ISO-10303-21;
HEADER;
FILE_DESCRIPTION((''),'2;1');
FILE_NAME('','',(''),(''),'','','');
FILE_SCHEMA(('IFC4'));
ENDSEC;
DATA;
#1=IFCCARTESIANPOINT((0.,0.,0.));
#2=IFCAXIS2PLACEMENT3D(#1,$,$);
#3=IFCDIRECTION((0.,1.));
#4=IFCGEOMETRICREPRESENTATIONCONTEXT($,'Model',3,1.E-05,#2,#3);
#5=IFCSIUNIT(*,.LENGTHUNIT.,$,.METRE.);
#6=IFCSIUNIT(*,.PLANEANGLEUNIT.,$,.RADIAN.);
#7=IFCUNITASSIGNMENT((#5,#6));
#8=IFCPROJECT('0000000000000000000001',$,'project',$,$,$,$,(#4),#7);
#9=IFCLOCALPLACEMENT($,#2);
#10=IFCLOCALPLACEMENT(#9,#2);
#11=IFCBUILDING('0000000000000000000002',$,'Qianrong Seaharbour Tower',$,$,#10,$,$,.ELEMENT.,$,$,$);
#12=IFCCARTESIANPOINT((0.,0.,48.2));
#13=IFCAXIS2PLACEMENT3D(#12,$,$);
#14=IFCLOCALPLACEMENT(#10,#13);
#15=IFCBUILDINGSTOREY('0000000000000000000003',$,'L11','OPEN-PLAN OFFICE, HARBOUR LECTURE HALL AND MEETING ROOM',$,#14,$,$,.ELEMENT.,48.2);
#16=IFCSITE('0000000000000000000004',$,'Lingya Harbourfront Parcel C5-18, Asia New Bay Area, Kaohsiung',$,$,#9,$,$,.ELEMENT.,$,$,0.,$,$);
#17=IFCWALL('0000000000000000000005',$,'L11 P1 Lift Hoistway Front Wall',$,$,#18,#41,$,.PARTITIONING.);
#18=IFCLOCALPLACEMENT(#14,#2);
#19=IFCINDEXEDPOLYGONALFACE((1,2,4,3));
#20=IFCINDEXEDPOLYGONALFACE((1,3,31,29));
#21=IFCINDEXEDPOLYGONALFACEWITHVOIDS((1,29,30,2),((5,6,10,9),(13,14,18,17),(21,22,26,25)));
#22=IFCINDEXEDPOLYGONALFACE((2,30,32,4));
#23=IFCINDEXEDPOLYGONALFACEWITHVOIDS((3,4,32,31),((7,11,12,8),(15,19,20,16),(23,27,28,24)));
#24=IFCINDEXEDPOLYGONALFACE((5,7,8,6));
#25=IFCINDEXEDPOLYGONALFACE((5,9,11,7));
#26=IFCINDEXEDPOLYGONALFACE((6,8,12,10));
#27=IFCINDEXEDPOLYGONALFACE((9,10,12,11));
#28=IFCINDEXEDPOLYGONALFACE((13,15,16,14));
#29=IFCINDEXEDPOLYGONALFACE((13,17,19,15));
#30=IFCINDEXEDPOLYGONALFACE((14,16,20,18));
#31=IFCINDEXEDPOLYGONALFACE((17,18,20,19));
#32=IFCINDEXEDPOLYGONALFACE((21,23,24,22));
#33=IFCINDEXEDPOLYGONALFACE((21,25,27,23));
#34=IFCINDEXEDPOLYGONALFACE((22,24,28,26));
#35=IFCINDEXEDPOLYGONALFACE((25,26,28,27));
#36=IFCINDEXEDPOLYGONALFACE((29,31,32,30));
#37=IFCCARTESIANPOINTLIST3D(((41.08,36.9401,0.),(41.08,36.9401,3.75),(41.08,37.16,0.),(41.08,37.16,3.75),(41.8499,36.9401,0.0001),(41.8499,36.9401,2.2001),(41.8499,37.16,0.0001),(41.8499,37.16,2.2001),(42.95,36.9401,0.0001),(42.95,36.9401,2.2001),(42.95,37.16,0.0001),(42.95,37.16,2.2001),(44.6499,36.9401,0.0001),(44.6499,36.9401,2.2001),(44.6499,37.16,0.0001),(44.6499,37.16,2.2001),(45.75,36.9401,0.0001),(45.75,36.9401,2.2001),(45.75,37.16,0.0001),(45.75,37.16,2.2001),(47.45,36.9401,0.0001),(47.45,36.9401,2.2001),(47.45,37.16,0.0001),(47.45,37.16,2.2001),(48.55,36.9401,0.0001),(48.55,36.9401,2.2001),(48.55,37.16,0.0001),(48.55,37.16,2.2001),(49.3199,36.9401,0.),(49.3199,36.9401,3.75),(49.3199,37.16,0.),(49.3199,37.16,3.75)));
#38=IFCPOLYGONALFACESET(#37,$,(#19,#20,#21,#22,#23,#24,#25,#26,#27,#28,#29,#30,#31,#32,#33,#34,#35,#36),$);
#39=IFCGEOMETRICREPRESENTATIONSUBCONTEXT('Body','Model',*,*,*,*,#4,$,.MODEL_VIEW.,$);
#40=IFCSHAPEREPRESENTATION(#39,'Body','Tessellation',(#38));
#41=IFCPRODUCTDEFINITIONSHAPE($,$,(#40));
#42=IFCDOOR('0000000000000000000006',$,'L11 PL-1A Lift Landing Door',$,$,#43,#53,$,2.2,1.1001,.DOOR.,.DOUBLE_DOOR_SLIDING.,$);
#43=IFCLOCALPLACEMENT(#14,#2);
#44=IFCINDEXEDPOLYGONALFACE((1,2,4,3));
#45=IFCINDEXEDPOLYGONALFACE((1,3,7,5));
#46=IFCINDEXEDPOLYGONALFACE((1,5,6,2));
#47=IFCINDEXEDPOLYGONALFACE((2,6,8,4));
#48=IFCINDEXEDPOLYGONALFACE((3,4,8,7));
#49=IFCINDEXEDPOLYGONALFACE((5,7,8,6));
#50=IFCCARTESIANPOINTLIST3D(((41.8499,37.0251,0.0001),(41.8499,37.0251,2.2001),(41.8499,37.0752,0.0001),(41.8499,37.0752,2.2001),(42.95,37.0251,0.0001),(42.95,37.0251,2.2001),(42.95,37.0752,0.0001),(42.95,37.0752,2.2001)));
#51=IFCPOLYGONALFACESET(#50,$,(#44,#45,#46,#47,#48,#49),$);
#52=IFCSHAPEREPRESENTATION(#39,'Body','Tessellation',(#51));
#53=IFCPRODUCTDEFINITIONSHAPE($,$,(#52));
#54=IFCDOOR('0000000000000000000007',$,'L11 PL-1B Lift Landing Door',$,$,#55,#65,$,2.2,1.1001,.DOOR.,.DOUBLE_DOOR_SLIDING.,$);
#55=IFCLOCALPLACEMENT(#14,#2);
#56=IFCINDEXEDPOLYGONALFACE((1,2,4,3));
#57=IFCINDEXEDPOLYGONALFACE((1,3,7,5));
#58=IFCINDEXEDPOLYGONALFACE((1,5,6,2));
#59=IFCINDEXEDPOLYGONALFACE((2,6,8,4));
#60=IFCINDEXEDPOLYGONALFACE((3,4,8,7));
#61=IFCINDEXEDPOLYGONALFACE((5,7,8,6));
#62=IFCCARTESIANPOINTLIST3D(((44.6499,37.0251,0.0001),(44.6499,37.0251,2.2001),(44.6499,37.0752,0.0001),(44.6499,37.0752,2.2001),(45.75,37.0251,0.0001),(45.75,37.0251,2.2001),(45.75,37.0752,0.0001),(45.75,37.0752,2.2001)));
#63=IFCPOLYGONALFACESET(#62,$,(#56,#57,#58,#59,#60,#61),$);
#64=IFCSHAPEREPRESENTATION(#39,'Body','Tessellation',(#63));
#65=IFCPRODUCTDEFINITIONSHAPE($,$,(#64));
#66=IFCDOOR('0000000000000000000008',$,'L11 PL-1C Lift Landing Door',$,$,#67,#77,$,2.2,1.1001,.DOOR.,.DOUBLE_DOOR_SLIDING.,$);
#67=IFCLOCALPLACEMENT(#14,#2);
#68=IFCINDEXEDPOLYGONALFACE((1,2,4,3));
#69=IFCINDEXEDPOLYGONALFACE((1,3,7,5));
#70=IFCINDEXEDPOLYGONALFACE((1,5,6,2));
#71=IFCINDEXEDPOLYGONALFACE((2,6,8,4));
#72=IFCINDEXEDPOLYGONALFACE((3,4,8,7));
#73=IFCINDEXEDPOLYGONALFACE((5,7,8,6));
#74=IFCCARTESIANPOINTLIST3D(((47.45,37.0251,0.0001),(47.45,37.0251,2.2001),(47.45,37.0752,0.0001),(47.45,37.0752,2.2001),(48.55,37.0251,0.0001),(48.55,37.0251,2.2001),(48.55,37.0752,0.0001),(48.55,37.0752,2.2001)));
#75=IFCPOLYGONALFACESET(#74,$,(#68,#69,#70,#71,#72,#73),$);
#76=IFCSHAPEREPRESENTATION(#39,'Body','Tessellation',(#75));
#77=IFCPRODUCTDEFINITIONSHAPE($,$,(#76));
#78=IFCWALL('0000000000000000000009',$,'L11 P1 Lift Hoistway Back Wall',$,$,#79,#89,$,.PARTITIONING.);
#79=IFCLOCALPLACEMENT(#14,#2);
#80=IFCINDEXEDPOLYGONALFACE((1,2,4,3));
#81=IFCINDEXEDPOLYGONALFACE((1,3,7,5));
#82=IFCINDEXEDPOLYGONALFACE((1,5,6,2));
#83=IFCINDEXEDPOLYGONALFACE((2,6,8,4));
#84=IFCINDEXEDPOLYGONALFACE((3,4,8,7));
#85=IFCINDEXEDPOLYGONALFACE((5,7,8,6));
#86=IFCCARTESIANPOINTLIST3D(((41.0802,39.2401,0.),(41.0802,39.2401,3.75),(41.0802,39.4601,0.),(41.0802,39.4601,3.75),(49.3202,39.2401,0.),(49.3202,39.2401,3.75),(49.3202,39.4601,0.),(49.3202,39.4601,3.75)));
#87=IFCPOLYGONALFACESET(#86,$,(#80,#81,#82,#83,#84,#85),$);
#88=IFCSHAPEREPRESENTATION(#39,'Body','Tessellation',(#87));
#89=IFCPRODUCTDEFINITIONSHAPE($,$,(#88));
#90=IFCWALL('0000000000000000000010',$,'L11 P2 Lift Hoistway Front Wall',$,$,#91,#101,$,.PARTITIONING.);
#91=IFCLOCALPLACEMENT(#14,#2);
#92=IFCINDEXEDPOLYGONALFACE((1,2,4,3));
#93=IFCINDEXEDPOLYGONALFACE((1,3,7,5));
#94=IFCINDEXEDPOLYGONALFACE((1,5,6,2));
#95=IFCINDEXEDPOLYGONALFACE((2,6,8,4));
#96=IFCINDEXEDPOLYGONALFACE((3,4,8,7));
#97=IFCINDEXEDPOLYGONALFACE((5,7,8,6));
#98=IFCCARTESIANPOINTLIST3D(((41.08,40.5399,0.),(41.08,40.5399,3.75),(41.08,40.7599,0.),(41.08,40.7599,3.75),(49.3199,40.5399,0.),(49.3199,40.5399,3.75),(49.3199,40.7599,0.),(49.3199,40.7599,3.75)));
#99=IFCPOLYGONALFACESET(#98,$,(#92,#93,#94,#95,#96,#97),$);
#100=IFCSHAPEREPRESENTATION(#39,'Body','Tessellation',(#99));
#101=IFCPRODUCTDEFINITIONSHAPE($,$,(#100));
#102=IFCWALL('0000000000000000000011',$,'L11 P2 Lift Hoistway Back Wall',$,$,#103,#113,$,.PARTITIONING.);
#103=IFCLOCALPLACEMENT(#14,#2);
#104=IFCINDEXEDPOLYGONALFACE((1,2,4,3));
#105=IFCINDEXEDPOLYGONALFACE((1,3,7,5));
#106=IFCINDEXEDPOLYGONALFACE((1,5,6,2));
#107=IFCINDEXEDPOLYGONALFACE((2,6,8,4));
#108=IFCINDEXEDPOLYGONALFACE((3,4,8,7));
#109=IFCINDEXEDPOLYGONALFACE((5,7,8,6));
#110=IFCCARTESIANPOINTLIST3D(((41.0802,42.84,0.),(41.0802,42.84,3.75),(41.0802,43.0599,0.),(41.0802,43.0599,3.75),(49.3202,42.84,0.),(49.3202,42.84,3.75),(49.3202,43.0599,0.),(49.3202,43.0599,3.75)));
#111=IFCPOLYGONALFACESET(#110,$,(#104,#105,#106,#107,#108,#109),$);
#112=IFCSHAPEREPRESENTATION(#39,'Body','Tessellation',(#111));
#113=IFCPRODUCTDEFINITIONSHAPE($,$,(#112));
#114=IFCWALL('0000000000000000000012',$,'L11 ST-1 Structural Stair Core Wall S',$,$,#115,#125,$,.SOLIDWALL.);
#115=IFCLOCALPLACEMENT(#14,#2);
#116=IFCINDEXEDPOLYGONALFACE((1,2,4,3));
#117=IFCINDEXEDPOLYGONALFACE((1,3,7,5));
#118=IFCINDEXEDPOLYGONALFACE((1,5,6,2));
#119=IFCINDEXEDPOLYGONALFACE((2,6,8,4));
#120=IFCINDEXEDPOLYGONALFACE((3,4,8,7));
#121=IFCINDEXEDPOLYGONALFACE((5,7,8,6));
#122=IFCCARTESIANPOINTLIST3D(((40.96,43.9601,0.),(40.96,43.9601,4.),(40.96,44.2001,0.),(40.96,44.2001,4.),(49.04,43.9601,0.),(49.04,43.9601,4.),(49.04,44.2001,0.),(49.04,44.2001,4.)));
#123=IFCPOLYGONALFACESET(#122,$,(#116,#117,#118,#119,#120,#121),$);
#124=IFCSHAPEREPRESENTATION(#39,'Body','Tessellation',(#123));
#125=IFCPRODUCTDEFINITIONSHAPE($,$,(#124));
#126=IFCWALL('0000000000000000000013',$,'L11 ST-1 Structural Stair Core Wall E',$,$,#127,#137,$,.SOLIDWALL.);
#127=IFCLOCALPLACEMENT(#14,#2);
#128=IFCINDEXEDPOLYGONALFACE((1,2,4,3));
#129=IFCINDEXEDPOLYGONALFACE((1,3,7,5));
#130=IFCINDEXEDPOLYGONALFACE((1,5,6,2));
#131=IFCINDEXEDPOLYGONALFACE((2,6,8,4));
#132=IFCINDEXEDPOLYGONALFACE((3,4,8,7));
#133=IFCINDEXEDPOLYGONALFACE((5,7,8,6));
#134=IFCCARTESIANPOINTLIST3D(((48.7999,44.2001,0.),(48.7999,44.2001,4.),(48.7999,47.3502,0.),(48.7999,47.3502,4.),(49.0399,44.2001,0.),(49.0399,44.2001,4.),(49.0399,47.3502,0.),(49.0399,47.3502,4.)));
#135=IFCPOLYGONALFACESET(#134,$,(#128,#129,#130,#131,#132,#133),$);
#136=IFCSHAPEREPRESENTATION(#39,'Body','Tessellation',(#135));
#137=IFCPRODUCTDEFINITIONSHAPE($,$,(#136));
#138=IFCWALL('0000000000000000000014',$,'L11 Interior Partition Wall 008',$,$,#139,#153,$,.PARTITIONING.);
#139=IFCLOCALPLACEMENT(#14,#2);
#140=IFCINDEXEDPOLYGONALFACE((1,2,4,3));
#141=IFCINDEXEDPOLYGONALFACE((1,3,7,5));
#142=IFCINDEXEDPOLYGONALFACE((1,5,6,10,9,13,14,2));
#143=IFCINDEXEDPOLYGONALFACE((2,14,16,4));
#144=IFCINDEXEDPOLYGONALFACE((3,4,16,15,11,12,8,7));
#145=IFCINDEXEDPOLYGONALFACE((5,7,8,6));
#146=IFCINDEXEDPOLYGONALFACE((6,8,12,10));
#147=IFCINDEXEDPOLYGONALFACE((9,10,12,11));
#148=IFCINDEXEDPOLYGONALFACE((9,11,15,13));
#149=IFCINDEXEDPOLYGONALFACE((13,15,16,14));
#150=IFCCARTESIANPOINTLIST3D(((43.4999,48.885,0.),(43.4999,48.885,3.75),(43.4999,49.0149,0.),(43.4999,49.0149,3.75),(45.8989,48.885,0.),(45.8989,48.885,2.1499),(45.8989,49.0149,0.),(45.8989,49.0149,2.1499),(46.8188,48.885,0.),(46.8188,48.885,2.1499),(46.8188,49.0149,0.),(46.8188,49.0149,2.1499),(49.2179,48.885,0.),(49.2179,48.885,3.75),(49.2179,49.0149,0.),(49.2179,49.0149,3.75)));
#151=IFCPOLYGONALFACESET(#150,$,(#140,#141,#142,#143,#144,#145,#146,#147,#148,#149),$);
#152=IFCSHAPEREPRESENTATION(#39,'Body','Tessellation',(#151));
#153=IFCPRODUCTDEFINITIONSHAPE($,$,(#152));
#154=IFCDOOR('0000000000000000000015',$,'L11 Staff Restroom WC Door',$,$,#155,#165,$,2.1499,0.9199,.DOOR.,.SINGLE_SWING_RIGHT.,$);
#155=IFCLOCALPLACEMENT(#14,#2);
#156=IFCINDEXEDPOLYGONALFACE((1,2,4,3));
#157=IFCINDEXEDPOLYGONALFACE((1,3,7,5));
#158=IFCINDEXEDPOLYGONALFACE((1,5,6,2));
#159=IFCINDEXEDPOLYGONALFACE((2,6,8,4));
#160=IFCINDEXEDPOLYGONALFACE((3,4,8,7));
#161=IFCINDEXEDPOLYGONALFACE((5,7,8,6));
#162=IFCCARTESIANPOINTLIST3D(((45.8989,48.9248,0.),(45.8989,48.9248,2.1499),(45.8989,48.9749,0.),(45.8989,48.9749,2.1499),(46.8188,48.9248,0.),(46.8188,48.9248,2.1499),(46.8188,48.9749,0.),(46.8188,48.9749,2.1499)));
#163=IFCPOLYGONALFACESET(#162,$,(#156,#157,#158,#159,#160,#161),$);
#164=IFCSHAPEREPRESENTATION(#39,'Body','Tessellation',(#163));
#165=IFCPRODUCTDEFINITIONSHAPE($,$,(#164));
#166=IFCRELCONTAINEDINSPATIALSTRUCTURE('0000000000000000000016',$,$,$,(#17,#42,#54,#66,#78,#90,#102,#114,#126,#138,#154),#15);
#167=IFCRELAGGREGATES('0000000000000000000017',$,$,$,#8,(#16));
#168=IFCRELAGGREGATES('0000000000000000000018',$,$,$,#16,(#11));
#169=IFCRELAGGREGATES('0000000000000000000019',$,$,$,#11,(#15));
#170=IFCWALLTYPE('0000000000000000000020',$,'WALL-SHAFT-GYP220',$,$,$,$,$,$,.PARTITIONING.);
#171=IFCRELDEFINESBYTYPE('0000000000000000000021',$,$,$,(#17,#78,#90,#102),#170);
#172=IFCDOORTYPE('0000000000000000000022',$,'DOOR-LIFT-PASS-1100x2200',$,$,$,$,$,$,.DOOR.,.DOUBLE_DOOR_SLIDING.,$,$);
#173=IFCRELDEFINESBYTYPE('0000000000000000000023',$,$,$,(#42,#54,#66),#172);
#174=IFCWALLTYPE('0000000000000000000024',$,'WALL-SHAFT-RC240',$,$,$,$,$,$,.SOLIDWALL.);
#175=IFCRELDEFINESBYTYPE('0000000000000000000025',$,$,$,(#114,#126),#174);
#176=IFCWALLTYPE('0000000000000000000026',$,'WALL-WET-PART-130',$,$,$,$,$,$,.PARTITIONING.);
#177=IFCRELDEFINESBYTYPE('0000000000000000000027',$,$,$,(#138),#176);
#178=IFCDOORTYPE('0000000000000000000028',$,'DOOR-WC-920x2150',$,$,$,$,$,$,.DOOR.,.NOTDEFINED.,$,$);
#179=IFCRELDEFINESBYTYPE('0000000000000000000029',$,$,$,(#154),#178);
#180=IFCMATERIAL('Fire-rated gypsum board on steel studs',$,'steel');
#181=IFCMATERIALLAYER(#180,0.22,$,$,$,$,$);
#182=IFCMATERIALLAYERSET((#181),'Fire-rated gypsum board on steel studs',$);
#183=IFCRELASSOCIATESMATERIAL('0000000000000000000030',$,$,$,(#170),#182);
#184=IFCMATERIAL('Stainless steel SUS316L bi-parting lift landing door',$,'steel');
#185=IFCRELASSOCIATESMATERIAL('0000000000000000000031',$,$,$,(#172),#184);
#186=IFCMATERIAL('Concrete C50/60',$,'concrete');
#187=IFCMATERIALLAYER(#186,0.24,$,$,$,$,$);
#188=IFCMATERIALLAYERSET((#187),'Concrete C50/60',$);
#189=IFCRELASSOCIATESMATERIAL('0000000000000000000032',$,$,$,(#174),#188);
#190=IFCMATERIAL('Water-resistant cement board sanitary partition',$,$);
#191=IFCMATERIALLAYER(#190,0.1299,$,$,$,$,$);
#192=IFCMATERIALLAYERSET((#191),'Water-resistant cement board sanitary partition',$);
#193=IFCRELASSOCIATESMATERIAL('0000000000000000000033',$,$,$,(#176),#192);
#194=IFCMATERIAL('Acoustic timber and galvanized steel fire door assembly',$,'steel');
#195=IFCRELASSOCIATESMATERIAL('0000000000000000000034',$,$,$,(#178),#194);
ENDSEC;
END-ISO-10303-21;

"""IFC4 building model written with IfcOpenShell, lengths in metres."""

from ifc_helpers import new_model, si_unit, direction, frame, frame_2d, origin, place, context, subcontext, project, spatial, rectangle, extrude, material, layer, layer_set, type_object, element, fill, save


model = new_model("IFC4")

# Units and contexts
model_context = context("Model", 3, precision=1e-05, world=origin(), true_north=direction((0.0, 1.0)))
body_context = subcontext(model_context, "Body", "Model", "MODEL_VIEW")
ifc_project = project(units=[si_unit("LENGTHUNIT", "METRE"), si_unit("PLANEANGLEUNIT", "RADIAN")], contexts=[model_context])

# Site, building, storey
site_placement = place(None, origin())
site = spatial("IfcSite", under=ifc_project, at=site_placement, Name="Lingya Harbourfront Parcel C5-18, Asia New Bay Area, Kaohsiung", CompositionType="ELEMENT", RefElevation=0.0)
building_placement = place(site_placement, origin())
building = spatial("IfcBuilding", under=site, at=building_placement, Name="Qianrong Seaharbour Tower", CompositionType="ELEMENT")
storey_placement = place(building_placement, frame((0.0, 0.0, 48.2)))
storey = spatial("IfcBuildingStorey", under=building, at=storey_placement, Name="L11", Description="OPEN-PLAN OFFICE, HARBOUR LECTURE HALL AND MEETING ROOM", CompositionType="ELEMENT", Elevation=48.2)

# Shared definitions
ifc_material_1 = material(Name="Fire-rated gypsum board on steel studs", Category="steel")

# Wall, openings, doors
ifc_layer_1 = layer(ifc_material_1, 0.22)
ifc_layer_set_1 = layer_set([ifc_layer_1], Name="Fire-rated gypsum board on steel studs")
wall_type_1 = type_object("IfcWallType", Name="WALL-SHAFT-GYP220", PredefinedType="PARTITIONING", material=ifc_layer_set_1)
wall_1_placement = place(storey_placement, frame((49.3201, 37.05, 0.0), z_axis=(0.0, 0.0, 1.0), x_axis=(-1.0, 0.0, 0.0)))
wall_1 = element("IfcWall", 1, at=wall_1_placement, inside=storey, type_object=wall_type_1, Name="L11 P1 Lift Hoistway Front Wall", PredefinedType="PARTITIONING", context=body_context, shape_type="SweptSolid", body=[
    extrude(rectangle(XDim=8.24, YDim=0.22, at=frame_2d((4.1201, 0.0))), origin(), (0.0, 0.0, 1.0), 3.75),
])
opening_1_placement = place(wall_1_placement, frame((6.3701, 0.0, 0.0)))
opening_1 = element("IfcOpeningElement", 2, at=opening_1_placement, cuts=wall_1, PredefinedType="OPENING", context=body_context, shape_type="SweptSolid", body=[
    extrude(rectangle(XDim=1.1001, YDim=2.2, at=frame_2d((0.55, 1.1001))), frame((0.0, 0.1201, 0.0), z_axis=(0.0, -1.0, 0.0), x_axis=(1.0, 0.0, 0.0)), (0.0, 0.0, 1.0), 0.24),
])
opening_2_placement = place(wall_1_placement, frame((3.5701, 0.0, 0.0)))
opening_2 = element("IfcOpeningElement", 3, at=opening_2_placement, cuts=wall_1, PredefinedType="OPENING", context=body_context, shape_type="SweptSolid", body=[
    extrude(rectangle(XDim=1.1001, YDim=2.2, at=frame_2d((0.55, 1.1001))), frame((0.0, 0.1201, 0.0), z_axis=(0.0, -1.0, 0.0), x_axis=(1.0, 0.0, 0.0)), (0.0, 0.0, 1.0), 0.24),
])
opening_3_placement = place(wall_1_placement, frame((0.77, 0.0, 0.0)))
opening_3 = element("IfcOpeningElement", 4, at=opening_3_placement, cuts=wall_1, PredefinedType="OPENING", context=body_context, shape_type="SweptSolid", body=[
    extrude(rectangle(XDim=1.1001, YDim=2.2, at=frame_2d((0.55, 1.1001))), frame((0.0, 0.1201, 0.0), z_axis=(0.0, -1.0, 0.0), x_axis=(1.0, 0.0, 0.0)), (0.0, 0.0, 1.0), 0.24),
])
ifc_material_2 = material(Name="Stainless steel SUS316L bi-parting lift landing door", Category="steel")
door_type_1 = type_object("IfcDoorType", Name="DOOR-LIFT-PASS-1100x2200", OperationType="DOUBLE_DOOR_SLIDING", PredefinedType="DOOR", material=ifc_material_2)
door_1_placement = place(opening_1_placement, origin())
door_1 = element("IfcDoor", 5, at=door_1_placement, inside=storey, type_object=door_type_1, Name="L11 PL-1A Lift Landing Door", OperationType="DOUBLE_DOOR_SLIDING", OverallHeight=2.2, OverallWidth=1.1001, PredefinedType="DOOR", context=body_context, shape_type="SweptSolid", body=[
    extrude(rectangle(XDim=1.1001, YDim=2.2, at=frame_2d((0.55, 1.1001))), frame((0.0, 0.0249, 0.0), z_axis=(0.0, -1.0, 0.0), x_axis=(1.0, 0.0, 0.0)), (0.0, 0.0, 1.0), 0.05),
])
fill(opening_1, door_1)
door_2_placement = place(opening_2_placement, origin())
door_2 = element("IfcDoor", 6, at=door_2_placement, inside=storey, type_object=door_type_1, Name="L11 PL-1B Lift Landing Door", OperationType="DOUBLE_DOOR_SLIDING", OverallHeight=2.2, OverallWidth=1.1001, PredefinedType="DOOR", context=body_context, shape_type="SweptSolid", body=[
    extrude(rectangle(XDim=1.1001, YDim=2.2, at=frame_2d((0.55, 1.1001))), frame((0.0, 0.0249, 0.0), z_axis=(0.0, -1.0, 0.0), x_axis=(1.0, 0.0, 0.0)), (0.0, 0.0, 1.0), 0.05),
])
fill(opening_2, door_2)
door_3_placement = place(opening_3_placement, origin())
door_3 = element("IfcDoor", 7, at=door_3_placement, inside=storey, type_object=door_type_1, Name="L11 PL-1C Lift Landing Door", OperationType="DOUBLE_DOOR_SLIDING", OverallHeight=2.2, OverallWidth=1.1001, PredefinedType="DOOR", context=body_context, shape_type="SweptSolid", body=[
    extrude(rectangle(XDim=1.1001, YDim=2.2, at=frame_2d((0.55, 1.1001))), frame((0.0, 0.0249, 0.0), z_axis=(0.0, -1.0, 0.0), x_axis=(1.0, 0.0, 0.0)), (0.0, 0.0, 1.0), 0.05),
])
fill(opening_3, door_3)

# Walls
for number, where, z_axis, x_axis, name in (
    (8, (41.0801, 39.3501, 0.0), (0.0, 0.0, 1.0), (1.0, 0.0, 0.0), "L11 P1 Lift Hoistway Back Wall"),
    (9, (49.3201, 40.6499, 0.0), (0.0, 0.0, 1.0), (-1.0, 0.0, 0.0), "L11 P2 Lift Hoistway Front Wall"),
    (10, (41.0801, 42.95, 0.0), (0.0, 0.0, 1.0), (1.0, 0.0, 0.0), "L11 P2 Lift Hoistway Back Wall"),
):
    element("IfcWall", number, at=place(storey_placement, frame(where, z_axis=z_axis, x_axis=x_axis)), inside=storey, type_object=wall_type_1, Name=name, PredefinedType="PARTITIONING", context=body_context, shape_type="SweptSolid", body=[
        extrude(rectangle(XDim=8.24, YDim=0.22, at=frame_2d((4.1201, 0.0))), origin(), (0.0, 0.0, 1.0), 3.75),
    ])
ifc_material_3 = material(Name="Concrete C50/60", Category="concrete")
ifc_layer_2 = layer(ifc_material_3, 0.24)
ifc_layer_set_2 = layer_set([ifc_layer_2], Name="Concrete C50/60")
wall_type_2 = type_object("IfcWallType", Name="WALL-SHAFT-RC240", PredefinedType="SOLIDWALL", material=ifc_layer_set_2)
wall_2_placement = place(storey_placement, frame((49.04, 44.0801, 0.0), z_axis=(0.0, 0.0, 1.0), x_axis=(-1.0, 0.0, 0.0)))
element("IfcWall", 11, at=wall_2_placement, inside=storey, type_object=wall_type_2, Name="L11 ST-1 Structural Stair Core Wall S", PredefinedType="SOLIDWALL", context=body_context, shape_type="SweptSolid", body=[
    extrude(rectangle(XDim=8.0801, YDim=0.24, at=frame_2d((4.04, 0.0))), origin(), (0.0, 0.0, 1.0), 4.0),
])
wall_3_placement = place(storey_placement, frame((48.9199, 44.2, 0.0), z_axis=(0.0, 0.0, 1.0), x_axis=(0.0, 1.0, 0.0)))
element("IfcWall", 12, at=wall_3_placement, inside=storey, type_object=wall_type_2, Name="L11 ST-1 Structural Stair Core Wall E", PredefinedType="SOLIDWALL", context=body_context, shape_type="SweptSolid", body=[
    extrude(rectangle(XDim=3.1501, YDim=0.24, at=frame_2d((1.5752, 0.0))), origin(), (0.0, 0.0, 1.0), 4.0),
])

# Wall, opening, door
ifc_material_4 = material(Name="Water-resistant cement board sanitary partition")
ifc_layer_3 = layer(ifc_material_4, 0.1299)
ifc_layer_set_3 = layer_set([ifc_layer_3], Name="Water-resistant cement board sanitary partition")
wall_type_3 = type_object("IfcWallType", Name="WALL-WET-PART-130", PredefinedType="PARTITIONING", material=ifc_layer_set_3)
wall_4_placement = place(storey_placement, frame((43.5, 48.95, 0.0), z_axis=(0.0, 0.0, 1.0), x_axis=(1.0, 0.0, 0.0)))
wall_4 = element("IfcWall", 13, at=wall_4_placement, inside=storey, type_object=wall_type_3, Name="L11 Interior Partition Wall 008", PredefinedType="PARTITIONING", context=body_context, shape_type="SweptSolid", body=[
    extrude(rectangle(XDim=5.718, YDim=0.1299, at=frame_2d((2.8589, 0.0))), origin(), (0.0, 0.0, 1.0), 3.75),
])
opening_4_placement = place(wall_4_placement, frame((2.3989, 0.0, 0.0)))
opening_4 = element("IfcOpeningElement", 14, at=opening_4_placement, cuts=wall_4, PredefinedType="OPENING", context=body_context, shape_type="SweptSolid", body=[
    extrude(rectangle(XDim=0.9199, YDim=2.1499, at=frame_2d((0.46, 1.075))), frame((0.0, 0.075, 0.0), z_axis=(0.0, -1.0, 0.0), x_axis=(1.0, 0.0, 0.0)), (0.0, 0.0, 1.0), 0.1499),
])
ifc_material_5 = material(Name="Acoustic timber and galvanized steel fire door assembly", Category="steel")
door_type_2 = type_object("IfcDoorType", Name="DOOR-WC-920x2150", OperationType="NOTDEFINED", PredefinedType="DOOR", material=ifc_material_5)
door_4_placement = place(opening_4_placement, origin())
door_4 = element("IfcDoor", 15, at=door_4_placement, inside=storey, type_object=door_type_2, Name="L11 Staff Restroom WC Door", OperationType="SINGLE_SWING_RIGHT", OverallHeight=2.1499, OverallWidth=0.9199, PredefinedType="DOOR", context=body_context, shape_type="SweptSolid", body=[
    extrude(rectangle(XDim=0.9199, YDim=2.1499, at=frame_2d((0.46, 1.075))), frame((0.0, 0.0249, 0.0), z_axis=(0.0, -1.0, 0.0), x_axis=(1.0, 0.0, 0.0)), (0.0, 0.0, 1.0), 0.05),
])
fill(opening_4, door_4)

save(model, "model.ifc")
